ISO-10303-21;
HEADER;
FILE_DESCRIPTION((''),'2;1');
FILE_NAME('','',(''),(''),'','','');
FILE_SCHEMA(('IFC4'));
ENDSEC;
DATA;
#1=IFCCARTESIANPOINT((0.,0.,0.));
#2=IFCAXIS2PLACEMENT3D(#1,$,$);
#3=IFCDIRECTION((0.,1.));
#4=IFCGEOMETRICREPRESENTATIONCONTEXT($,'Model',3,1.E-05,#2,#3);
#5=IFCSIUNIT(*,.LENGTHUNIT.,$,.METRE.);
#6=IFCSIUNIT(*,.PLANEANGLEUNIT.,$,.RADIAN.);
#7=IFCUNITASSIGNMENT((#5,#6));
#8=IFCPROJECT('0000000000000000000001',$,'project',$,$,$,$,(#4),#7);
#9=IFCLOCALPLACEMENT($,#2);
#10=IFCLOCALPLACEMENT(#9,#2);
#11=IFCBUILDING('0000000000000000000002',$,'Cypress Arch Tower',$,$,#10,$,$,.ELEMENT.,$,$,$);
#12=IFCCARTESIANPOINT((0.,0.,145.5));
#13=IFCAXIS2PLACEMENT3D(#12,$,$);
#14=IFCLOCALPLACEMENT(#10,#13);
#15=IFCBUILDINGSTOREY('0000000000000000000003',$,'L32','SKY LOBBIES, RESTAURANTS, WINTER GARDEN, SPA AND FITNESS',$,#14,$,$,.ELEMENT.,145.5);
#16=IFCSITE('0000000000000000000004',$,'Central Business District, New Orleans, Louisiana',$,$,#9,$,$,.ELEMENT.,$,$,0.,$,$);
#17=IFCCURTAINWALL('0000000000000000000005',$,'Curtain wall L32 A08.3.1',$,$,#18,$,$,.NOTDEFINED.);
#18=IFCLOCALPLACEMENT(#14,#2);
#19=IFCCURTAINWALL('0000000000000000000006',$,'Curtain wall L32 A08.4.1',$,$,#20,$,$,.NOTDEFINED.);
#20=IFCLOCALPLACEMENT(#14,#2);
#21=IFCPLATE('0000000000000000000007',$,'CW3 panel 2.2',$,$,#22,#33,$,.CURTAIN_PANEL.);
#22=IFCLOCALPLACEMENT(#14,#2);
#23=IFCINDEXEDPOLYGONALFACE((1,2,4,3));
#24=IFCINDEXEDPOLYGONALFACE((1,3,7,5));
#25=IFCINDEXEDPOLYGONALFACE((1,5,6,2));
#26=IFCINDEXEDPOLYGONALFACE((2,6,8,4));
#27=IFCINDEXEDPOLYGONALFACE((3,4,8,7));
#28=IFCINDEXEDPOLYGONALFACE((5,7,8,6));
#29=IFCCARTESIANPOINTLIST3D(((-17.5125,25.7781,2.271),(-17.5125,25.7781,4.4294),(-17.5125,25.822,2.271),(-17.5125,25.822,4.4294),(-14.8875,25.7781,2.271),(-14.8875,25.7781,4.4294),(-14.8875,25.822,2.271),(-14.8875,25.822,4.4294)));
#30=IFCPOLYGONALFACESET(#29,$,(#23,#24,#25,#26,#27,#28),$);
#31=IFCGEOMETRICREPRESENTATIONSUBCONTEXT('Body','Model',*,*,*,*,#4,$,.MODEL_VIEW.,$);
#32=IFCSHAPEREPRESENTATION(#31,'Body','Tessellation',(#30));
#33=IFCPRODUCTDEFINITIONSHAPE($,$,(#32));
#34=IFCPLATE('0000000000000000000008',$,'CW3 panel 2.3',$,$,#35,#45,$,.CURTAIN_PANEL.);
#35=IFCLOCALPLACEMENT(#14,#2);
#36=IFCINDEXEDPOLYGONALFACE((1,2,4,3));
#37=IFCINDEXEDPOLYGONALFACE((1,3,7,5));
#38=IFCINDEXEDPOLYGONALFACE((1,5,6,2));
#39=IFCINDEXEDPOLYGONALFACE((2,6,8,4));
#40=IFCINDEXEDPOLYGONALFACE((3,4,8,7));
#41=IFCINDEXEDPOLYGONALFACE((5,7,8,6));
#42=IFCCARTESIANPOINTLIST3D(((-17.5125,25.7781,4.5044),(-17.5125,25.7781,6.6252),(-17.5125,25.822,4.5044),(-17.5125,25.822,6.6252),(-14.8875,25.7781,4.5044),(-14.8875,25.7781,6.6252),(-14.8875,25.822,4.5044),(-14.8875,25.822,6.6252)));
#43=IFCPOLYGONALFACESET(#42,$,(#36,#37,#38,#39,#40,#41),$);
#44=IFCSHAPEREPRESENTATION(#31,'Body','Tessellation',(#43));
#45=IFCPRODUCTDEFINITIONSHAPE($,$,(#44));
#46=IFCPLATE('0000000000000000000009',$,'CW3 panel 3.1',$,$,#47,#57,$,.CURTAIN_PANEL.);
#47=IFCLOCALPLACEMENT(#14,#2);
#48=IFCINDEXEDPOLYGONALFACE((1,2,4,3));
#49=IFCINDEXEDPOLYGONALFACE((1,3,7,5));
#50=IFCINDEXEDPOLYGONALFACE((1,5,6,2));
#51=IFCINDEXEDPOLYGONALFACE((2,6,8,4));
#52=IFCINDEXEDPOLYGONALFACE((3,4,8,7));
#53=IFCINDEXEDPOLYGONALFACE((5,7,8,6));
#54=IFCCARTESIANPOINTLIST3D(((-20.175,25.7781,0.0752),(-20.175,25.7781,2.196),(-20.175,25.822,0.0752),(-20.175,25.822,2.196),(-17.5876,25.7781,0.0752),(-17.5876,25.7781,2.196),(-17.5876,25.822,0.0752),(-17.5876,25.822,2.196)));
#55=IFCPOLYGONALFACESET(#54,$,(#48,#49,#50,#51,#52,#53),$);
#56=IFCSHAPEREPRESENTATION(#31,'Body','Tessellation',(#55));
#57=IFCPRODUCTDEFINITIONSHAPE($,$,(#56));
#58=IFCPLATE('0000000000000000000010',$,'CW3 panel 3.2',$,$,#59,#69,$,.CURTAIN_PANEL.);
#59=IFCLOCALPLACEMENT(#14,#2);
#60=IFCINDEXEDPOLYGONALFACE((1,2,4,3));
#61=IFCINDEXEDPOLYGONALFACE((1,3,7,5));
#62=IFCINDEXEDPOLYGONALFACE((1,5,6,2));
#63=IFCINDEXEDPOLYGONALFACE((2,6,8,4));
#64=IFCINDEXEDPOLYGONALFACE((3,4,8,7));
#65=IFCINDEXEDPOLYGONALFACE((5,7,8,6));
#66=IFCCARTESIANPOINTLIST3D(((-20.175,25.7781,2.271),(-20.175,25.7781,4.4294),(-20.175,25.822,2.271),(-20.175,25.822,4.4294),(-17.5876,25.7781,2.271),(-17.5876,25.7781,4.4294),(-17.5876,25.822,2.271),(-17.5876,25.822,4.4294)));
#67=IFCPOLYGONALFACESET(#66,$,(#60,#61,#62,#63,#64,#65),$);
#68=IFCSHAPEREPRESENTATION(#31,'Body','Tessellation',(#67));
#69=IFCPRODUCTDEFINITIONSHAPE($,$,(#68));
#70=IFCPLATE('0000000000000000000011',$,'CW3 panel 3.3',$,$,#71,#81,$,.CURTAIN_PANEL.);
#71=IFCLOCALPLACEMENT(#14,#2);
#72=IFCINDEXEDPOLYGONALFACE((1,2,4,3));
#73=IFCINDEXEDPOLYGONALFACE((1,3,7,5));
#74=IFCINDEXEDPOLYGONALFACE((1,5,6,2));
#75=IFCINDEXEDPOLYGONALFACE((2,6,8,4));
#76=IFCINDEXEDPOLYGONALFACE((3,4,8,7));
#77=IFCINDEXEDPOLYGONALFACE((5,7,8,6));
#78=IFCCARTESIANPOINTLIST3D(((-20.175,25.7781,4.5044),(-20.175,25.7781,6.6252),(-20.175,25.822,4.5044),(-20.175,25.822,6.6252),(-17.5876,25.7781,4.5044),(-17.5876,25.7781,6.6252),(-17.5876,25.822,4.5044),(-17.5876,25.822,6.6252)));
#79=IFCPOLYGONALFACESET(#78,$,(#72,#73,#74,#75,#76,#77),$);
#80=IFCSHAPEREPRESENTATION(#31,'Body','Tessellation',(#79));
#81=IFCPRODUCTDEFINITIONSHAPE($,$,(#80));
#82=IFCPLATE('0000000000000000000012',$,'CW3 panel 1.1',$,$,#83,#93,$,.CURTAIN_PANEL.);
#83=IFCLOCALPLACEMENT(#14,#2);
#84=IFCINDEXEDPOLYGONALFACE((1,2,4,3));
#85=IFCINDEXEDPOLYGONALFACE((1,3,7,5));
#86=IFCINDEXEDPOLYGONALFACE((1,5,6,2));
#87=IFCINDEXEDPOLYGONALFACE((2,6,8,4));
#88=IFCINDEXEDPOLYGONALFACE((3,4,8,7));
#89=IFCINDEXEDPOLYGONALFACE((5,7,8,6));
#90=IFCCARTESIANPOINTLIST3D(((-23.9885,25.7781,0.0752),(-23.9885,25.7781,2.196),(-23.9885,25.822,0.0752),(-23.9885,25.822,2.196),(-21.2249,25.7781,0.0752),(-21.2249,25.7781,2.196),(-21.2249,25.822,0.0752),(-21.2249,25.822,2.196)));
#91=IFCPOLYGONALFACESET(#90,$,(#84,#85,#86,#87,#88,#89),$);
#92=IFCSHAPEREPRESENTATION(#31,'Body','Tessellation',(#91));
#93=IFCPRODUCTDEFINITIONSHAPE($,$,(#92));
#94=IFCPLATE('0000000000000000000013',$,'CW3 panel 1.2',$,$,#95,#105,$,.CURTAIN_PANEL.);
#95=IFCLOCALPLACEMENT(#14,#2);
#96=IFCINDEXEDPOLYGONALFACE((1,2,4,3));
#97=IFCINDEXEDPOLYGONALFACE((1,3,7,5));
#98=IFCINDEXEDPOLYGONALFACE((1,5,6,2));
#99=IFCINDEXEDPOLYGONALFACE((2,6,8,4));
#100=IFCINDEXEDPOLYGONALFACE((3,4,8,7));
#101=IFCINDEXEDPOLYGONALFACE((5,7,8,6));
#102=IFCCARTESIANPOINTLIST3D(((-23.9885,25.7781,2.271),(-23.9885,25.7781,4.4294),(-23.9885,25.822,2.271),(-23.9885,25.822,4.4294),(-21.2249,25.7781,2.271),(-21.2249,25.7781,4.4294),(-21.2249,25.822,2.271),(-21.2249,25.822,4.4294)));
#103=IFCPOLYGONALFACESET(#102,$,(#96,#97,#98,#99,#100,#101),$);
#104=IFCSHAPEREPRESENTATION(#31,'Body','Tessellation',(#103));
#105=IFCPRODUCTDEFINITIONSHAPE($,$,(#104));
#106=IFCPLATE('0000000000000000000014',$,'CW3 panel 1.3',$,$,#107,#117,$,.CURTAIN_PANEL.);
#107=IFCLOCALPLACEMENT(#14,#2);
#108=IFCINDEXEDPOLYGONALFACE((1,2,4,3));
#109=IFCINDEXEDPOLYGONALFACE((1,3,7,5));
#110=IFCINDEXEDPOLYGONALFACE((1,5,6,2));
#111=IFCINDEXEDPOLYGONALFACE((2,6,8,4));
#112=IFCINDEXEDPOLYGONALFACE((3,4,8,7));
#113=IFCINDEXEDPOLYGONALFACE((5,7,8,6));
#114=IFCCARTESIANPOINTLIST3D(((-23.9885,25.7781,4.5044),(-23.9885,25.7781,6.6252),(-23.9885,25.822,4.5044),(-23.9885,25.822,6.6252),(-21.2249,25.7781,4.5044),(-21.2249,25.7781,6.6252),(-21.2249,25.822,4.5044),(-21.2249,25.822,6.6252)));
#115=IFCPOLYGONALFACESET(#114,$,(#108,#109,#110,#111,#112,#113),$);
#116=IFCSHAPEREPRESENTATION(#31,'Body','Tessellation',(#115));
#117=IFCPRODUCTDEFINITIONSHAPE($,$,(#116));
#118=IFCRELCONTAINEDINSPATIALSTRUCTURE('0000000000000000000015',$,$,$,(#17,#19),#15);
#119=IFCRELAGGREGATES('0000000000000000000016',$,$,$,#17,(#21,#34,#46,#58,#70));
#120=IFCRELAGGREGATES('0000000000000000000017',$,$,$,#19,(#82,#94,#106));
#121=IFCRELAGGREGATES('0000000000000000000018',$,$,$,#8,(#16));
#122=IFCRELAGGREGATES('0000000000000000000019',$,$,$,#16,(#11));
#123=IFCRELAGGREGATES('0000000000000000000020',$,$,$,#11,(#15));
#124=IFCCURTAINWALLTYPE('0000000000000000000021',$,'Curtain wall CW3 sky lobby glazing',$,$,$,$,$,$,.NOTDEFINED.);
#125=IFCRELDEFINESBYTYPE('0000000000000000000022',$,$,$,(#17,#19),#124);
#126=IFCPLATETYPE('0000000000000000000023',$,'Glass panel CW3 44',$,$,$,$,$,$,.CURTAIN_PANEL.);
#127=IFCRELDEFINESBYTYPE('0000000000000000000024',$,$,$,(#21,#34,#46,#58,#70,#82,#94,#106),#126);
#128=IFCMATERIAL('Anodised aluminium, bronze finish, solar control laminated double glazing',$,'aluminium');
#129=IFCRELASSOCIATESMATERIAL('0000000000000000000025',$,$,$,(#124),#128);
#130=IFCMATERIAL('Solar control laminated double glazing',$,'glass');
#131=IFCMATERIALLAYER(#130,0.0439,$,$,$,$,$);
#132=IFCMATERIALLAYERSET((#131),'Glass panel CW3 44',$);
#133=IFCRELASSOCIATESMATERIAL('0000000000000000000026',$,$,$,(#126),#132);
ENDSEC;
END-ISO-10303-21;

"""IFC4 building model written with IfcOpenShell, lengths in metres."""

from ifc_helpers import new_model, si_unit, direction, frame, origin, origin_2d, place, context, subcontext, project, spatial, rectangle, extrude, material, layer, layer_set, type_object, element, aggregate, save


model = new_model("IFC4")

# Units and contexts
model_context = context("Model", 3, precision=1e-05, world=origin(), true_north=direction((0.0, 1.0)))
body_context = subcontext(model_context, "Body", "Model", "MODEL_VIEW")
ifc_project = project(units=[si_unit("LENGTHUNIT", "METRE"), si_unit("PLANEANGLEUNIT", "RADIAN")], contexts=[model_context])

# Site, building, storey
site_placement = place(None, origin())
site = spatial("IfcSite", under=ifc_project, at=site_placement, Name="Central Business District, New Orleans, Louisiana", CompositionType="ELEMENT", RefElevation=0.0)
building_placement = place(site_placement, origin())
building = spatial("IfcBuilding", under=site, at=building_placement, Name="Cypress Arch Tower", CompositionType="ELEMENT")
storey_placement = place(building_placement, frame((0.0, 0.0, 145.5)))
storey = spatial("IfcBuildingStorey", under=building, at=storey_placement, Name="L32", Description="SKY LOBBIES, RESTAURANTS, WINTER GARDEN, SPA AND FITNESS", CompositionType="ELEMENT", Elevation=145.5)

# Curtain wall
ifc_material_1 = material(Name="Anodised aluminium, bronze finish, solar control laminated double glazing", Category="aluminium")
curtain_wall_type = type_object("IfcCurtainWallType", Name="Curtain wall CW3 sky lobby glazing", PredefinedType="NOTDEFINED", material=ifc_material_1)
curtain_wall_1_placement = place(storey_placement, origin())
curtain_wall_1 = element("IfcCurtainWall", 1, at=curtain_wall_1_placement, inside=storey, type_object=curtain_wall_type, Name="Curtain wall L32 A08.3.1", PredefinedType="NOTDEFINED")

# Curtain wall
curtain_wall_2_placement = place(storey_placement, origin())
curtain_wall_2 = element("IfcCurtainWall", 2, at=curtain_wall_2_placement, inside=storey, type_object=curtain_wall_type, Name="Curtain wall L32 A08.4.1", PredefinedType="NOTDEFINED")

# Plates
ifc_material_2 = material(Name="Solar control laminated double glazing", Category="glass")
ifc_layer = layer(ifc_material_2, 0.0439)
ifc_layer_set = layer_set([ifc_layer], Name="Glass panel CW3 44")
plate_type = type_object("IfcPlateType", Name="Glass panel CW3 44", PredefinedType="CURTAIN_PANEL", material=ifc_layer_set)
plate_1_placement = place(storey_placement, frame((-16.2, 25.8, 2.271), z_axis=(0.0, 0.0, 1.0), x_axis=(-1.0, 0.0, 0.0)))
plate_1 = element("IfcPlate", 3, at=plate_1_placement, type_object=plate_type, Name="CW3 panel 2.2", PredefinedType="CURTAIN_PANEL", context=body_context, shape_type="SweptSolid", body=[
    extrude(rectangle(XDim=2.625, YDim=0.0439, at=origin_2d()), origin(), (0.0, 0.0, 1.0), 2.1584),
])
plate_2_placement = place(storey_placement, frame((-16.2, 25.8, 4.5044), z_axis=(0.0, 0.0, 1.0), x_axis=(-1.0, 0.0, 0.0)))
plate_2 = element("IfcPlate", 4, at=plate_2_placement, type_object=plate_type, Name="CW3 panel 2.3", PredefinedType="CURTAIN_PANEL", context=body_context, shape_type="SweptSolid", body=[
    extrude(rectangle(XDim=2.625, YDim=0.0439, at=origin_2d()), origin(), (0.0, 0.0, 1.0), 2.1208),
])
plate_3_placement = place(storey_placement, frame((-18.8813, 25.8, 0.0752), z_axis=(0.0, 0.0, 1.0), x_axis=(-1.0, 0.0, 0.0)))
plate_3 = element("IfcPlate", 5, at=plate_3_placement, type_object=plate_type, Name="CW3 panel 3.1", PredefinedType="CURTAIN_PANEL", context=body_context, shape_type="SweptSolid", body=[
    extrude(rectangle(XDim=2.5874, YDim=0.0439, at=origin_2d()), origin(), (0.0, 0.0, 1.0), 2.1208),
])
plate_4_placement = place(storey_placement, frame((-18.8813, 25.8, 2.271), z_axis=(0.0, 0.0, 1.0), x_axis=(-1.0, 0.0, 0.0)))
plate_4 = element("IfcPlate", 6, at=plate_4_placement, type_object=plate_type, Name="CW3 panel 3.2", PredefinedType="CURTAIN_PANEL", context=body_context, shape_type="SweptSolid", body=[
    extrude(rectangle(XDim=2.5874, YDim=0.0439, at=origin_2d()), origin(), (0.0, 0.0, 1.0), 2.1584),
])
plate_5_placement = place(storey_placement, frame((-18.8813, 25.8, 4.5044), z_axis=(0.0, 0.0, 1.0), x_axis=(-1.0, 0.0, 0.0)))
plate_5 = element("IfcPlate", 7, at=plate_5_placement, type_object=plate_type, Name="CW3 panel 3.3", PredefinedType="CURTAIN_PANEL", context=body_context, shape_type="SweptSolid", body=[
    extrude(rectangle(XDim=2.5874, YDim=0.0439, at=origin_2d()), origin(), (0.0, 0.0, 1.0), 2.1208),
])
aggregate(curtain_wall_1, [plate_1, plate_2, plate_3, plate_4, plate_5])
plate_6_placement = place(storey_placement, frame((-22.6067, 25.8, 0.0752), z_axis=(0.0, 0.0, 1.0), x_axis=(-1.0, 0.0, 0.0)))
plate_6 = element("IfcPlate", 8, at=plate_6_placement, type_object=plate_type, Name="CW3 panel 1.1", PredefinedType="CURTAIN_PANEL", context=body_context, shape_type="SweptSolid", body=[
    extrude(rectangle(XDim=2.7637, YDim=0.0439, at=origin_2d()), origin(), (0.0, 0.0, 1.0), 2.1208),
])
plate_7_placement = place(storey_placement, frame((-22.6067, 25.8, 2.271), z_axis=(0.0, 0.0, 1.0), x_axis=(-1.0, 0.0, 0.0)))
plate_7 = element("IfcPlate", 9, at=plate_7_placement, type_object=plate_type, Name="CW3 panel 1.2", PredefinedType="CURTAIN_PANEL", context=body_context, shape_type="SweptSolid", body=[
    extrude(rectangle(XDim=2.7637, YDim=0.0439, at=origin_2d()), origin(), (0.0, 0.0, 1.0), 2.1584),
])
plate_8_placement = place(storey_placement, frame((-22.6067, 25.8, 4.5044), z_axis=(0.0, 0.0, 1.0), x_axis=(-1.0, 0.0, 0.0)))
plate_8 = element("IfcPlate", 10, at=plate_8_placement, type_object=plate_type, Name="CW3 panel 1.3", PredefinedType="CURTAIN_PANEL", context=body_context, shape_type="SweptSolid", body=[
    extrude(rectangle(XDim=2.7637, YDim=0.0439, at=origin_2d()), origin(), (0.0, 0.0, 1.0), 2.1208),
])
aggregate(curtain_wall_2, [plate_6, plate_7, plate_8])

save(model, "model.ifc")
